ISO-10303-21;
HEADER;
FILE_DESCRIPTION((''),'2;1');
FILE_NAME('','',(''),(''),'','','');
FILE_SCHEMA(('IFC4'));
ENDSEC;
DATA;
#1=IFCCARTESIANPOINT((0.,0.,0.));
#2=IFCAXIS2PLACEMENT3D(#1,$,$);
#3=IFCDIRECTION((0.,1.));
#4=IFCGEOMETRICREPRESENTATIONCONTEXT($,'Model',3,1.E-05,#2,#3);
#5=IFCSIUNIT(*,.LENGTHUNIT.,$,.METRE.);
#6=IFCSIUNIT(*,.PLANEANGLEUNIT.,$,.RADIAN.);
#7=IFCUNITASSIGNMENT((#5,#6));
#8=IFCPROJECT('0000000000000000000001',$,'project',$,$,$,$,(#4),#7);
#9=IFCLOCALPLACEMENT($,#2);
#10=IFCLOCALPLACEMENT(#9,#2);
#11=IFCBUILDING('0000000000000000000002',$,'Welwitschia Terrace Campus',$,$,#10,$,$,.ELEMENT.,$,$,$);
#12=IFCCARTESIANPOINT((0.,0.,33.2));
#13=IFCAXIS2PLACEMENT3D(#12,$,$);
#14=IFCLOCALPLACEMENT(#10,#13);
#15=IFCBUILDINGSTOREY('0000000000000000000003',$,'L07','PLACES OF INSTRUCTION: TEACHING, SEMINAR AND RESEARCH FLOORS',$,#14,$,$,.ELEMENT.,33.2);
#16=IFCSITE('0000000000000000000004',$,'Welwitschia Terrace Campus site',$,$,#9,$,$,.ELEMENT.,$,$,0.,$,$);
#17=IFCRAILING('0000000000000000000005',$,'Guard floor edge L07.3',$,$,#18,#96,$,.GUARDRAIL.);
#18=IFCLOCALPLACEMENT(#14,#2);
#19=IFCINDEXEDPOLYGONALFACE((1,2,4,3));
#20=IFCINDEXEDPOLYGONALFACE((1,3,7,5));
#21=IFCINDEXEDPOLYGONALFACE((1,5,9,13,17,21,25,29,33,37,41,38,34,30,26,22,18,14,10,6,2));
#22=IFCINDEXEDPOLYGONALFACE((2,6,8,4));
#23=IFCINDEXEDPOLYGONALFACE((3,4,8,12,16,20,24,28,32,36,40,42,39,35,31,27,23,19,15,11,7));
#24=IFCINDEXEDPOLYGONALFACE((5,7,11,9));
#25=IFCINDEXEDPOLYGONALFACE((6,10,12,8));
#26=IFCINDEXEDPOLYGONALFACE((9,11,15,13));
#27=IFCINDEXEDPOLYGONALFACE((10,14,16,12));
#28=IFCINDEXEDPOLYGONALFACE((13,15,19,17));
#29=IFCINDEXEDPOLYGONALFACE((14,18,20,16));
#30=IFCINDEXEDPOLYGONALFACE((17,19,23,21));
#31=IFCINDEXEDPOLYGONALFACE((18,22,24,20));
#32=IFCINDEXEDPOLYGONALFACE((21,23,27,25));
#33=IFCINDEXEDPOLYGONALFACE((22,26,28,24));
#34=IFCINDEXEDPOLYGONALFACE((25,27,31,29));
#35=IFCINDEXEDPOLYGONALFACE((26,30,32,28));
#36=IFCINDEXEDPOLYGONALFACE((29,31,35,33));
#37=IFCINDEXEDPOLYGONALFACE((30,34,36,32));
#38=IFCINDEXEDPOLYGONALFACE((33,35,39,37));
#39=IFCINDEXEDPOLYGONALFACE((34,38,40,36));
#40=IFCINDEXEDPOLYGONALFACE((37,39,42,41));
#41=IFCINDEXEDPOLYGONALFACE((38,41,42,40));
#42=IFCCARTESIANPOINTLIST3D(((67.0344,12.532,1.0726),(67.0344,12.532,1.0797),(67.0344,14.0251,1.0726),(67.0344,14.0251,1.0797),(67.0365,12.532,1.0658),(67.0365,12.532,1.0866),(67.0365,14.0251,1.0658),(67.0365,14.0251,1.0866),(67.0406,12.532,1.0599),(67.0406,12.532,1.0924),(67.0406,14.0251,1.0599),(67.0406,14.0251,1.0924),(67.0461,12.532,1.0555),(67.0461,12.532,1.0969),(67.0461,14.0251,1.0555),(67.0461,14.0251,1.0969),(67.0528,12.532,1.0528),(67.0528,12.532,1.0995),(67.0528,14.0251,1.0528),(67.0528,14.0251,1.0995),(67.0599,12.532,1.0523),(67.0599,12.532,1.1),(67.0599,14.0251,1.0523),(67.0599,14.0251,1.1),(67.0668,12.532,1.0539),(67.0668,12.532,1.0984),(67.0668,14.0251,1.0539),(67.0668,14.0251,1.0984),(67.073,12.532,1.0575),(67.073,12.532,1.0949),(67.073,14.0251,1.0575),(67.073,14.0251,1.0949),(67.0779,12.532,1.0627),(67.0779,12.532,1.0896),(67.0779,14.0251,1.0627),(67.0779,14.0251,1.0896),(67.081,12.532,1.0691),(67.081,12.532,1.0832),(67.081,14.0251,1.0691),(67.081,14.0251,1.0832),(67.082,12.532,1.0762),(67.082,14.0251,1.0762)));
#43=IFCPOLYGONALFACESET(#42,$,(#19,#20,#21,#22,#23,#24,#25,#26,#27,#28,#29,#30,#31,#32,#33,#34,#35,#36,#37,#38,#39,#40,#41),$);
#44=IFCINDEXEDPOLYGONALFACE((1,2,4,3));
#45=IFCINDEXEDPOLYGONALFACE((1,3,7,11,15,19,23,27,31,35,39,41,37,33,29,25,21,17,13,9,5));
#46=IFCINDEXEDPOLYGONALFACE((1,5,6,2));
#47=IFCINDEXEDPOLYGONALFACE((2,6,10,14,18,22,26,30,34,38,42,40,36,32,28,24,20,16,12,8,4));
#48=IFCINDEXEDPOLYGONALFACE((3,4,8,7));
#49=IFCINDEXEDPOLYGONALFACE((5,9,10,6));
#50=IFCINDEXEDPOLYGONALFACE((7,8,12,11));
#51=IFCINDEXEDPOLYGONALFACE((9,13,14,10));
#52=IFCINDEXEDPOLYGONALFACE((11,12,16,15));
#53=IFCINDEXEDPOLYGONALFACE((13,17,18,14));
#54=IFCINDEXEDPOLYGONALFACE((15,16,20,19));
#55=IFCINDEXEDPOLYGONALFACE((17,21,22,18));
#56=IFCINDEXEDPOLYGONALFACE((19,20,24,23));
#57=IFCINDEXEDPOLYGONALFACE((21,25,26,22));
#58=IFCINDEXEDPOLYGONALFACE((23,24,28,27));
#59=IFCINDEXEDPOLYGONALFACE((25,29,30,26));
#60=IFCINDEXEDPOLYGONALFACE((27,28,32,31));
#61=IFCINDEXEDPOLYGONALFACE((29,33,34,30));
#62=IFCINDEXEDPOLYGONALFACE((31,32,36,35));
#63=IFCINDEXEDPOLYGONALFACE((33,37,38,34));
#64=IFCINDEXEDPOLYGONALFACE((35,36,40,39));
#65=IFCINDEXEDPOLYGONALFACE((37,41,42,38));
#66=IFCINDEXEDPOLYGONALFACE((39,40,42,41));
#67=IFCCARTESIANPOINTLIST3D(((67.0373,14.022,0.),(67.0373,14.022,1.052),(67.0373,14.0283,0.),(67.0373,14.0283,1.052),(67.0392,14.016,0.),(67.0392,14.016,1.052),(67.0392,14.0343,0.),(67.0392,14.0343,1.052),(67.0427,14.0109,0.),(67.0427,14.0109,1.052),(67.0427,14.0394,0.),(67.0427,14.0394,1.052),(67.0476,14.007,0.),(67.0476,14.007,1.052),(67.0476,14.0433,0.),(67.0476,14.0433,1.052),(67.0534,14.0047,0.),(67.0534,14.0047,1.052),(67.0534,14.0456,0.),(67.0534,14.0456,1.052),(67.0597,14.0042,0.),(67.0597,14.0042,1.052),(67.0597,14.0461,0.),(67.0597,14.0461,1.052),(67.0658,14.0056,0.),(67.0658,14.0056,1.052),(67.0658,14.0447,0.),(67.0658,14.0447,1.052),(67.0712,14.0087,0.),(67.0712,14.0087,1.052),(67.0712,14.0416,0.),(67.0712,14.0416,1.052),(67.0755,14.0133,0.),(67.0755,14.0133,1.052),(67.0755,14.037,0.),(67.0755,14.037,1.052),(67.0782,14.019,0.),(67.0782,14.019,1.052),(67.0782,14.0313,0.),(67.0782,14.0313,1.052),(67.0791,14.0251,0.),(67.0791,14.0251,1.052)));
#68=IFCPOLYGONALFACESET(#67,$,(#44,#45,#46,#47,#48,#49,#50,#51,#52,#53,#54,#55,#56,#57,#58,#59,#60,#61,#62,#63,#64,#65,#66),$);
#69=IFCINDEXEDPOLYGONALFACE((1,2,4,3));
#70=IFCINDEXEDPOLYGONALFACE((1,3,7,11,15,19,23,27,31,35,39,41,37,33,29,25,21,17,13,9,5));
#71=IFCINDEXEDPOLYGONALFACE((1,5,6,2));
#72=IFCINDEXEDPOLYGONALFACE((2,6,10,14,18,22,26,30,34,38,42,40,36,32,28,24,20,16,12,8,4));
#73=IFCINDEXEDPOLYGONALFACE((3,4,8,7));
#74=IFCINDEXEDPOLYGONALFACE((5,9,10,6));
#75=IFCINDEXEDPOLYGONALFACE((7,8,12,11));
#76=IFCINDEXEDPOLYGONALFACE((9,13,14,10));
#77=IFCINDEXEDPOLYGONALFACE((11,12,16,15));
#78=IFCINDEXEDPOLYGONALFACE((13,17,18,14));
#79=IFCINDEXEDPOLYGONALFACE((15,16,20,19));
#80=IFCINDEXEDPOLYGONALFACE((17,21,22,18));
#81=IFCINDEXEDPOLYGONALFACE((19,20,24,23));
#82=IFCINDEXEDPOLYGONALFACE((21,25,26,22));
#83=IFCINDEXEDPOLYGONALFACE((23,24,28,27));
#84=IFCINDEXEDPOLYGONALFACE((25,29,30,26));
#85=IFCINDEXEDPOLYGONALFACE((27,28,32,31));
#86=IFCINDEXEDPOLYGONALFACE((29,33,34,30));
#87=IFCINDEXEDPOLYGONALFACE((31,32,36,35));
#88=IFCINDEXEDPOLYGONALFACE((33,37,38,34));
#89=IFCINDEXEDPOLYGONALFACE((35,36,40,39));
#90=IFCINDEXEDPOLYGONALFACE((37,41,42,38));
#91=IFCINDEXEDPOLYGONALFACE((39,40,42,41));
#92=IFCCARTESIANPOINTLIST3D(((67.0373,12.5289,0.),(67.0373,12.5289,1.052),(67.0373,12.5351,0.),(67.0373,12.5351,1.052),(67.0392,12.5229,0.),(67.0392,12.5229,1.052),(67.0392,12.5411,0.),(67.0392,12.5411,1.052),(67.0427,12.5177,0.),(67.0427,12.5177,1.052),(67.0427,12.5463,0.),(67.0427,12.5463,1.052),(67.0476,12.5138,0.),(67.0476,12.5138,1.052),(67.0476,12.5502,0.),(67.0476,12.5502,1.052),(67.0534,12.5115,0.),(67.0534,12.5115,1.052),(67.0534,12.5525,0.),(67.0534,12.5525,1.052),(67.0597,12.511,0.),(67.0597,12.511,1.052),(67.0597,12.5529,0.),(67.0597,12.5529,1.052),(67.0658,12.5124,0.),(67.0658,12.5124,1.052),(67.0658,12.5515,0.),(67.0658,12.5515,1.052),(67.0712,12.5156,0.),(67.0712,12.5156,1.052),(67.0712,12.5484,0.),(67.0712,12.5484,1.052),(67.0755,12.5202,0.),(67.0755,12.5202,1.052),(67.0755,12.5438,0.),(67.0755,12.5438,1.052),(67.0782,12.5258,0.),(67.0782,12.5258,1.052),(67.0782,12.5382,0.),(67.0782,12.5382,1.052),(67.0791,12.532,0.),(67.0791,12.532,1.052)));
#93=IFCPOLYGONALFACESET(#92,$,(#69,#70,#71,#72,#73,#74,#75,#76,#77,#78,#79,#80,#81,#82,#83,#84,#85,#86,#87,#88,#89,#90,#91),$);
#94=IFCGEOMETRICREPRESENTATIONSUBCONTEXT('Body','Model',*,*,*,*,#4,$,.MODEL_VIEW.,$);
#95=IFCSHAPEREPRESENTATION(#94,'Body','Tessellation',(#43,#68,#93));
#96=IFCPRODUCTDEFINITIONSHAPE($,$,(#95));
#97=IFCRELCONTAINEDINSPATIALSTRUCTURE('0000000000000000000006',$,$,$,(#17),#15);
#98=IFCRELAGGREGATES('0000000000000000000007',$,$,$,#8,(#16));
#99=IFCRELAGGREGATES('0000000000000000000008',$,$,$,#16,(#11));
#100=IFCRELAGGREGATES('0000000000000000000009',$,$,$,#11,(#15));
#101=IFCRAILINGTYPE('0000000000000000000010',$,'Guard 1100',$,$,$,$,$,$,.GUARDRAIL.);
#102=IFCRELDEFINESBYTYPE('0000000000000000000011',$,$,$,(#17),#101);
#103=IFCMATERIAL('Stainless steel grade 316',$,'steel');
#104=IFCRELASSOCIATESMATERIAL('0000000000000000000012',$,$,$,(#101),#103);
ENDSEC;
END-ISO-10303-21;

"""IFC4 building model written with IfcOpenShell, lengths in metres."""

from ifc_helpers import new_model, si_unit, direction, frame, origin, origin_2d, place, context, subcontext, project, spatial, circle, extrude, material, type_object, element, save


model = new_model("IFC4")

# Units and contexts
model_context = context("Model", 3, precision=1e-05, world=origin(), true_north=direction((0.0, 1.0)))
body_context = subcontext(model_context, "Body", "Model", "MODEL_VIEW")
ifc_project = project(units=[si_unit("LENGTHUNIT", "METRE"), si_unit("PLANEANGLEUNIT", "RADIAN")], contexts=[model_context])

# Site, building, storey
site_placement = place(None, origin())
site = spatial("IfcSite", under=ifc_project, at=site_placement, Name="Welwitschia Terrace Campus site", CompositionType="ELEMENT", RefElevation=0.0)
building_placement = place(site_placement, origin())
building = spatial("IfcBuilding", under=site, at=building_placement, Name="Welwitschia Terrace Campus", CompositionType="ELEMENT")
storey_placement = place(building_placement, frame((0.0, 0.0, 33.2)))
storey = spatial("IfcBuildingStorey", under=building, at=storey_placement, Name="L07", Description="PLACES OF INSTRUCTION: TEACHING, SEMINAR AND RESEARCH FLOORS", CompositionType="ELEMENT", Elevation=33.2)

# Railing
ifc_material_1 = material(Name="Stainless steel grade 316", Category="steel")
railing_type = type_object("IfcRailingType", Name="Guard 1100", PredefinedType="GUARDRAIL", material=ifc_material_1)
railing_1_placement = place(storey_placement, frame((67.0581, 14.0251, 0.0)))
element("IfcRailing", 1, at=railing_1_placement, inside=storey, type_object=railing_type, Name="Guard floor edge L07.3", PredefinedType="GUARDRAIL", context=body_context, shape_type="SweptSolid", body=[
    extrude(circle(Radius=0.0239, at=origin_2d()), frame((0.0, 0.0, 1.0762), z_axis=(0.0, -1.0, 0.0), x_axis=(1.0, 0.0, 0.0)), (0.0, 0.0, 1.0), 1.4932),
    extrude(circle(Radius=0.021, at=origin_2d()), origin(), (0.0, 0.0, 1.0), 1.052),
    extrude(circle(Radius=0.021, at=origin_2d()), frame((0.0, -1.4932, 0.0)), (0.0, 0.0, 1.0), 1.052),
])

save(model, "model.ifc")
